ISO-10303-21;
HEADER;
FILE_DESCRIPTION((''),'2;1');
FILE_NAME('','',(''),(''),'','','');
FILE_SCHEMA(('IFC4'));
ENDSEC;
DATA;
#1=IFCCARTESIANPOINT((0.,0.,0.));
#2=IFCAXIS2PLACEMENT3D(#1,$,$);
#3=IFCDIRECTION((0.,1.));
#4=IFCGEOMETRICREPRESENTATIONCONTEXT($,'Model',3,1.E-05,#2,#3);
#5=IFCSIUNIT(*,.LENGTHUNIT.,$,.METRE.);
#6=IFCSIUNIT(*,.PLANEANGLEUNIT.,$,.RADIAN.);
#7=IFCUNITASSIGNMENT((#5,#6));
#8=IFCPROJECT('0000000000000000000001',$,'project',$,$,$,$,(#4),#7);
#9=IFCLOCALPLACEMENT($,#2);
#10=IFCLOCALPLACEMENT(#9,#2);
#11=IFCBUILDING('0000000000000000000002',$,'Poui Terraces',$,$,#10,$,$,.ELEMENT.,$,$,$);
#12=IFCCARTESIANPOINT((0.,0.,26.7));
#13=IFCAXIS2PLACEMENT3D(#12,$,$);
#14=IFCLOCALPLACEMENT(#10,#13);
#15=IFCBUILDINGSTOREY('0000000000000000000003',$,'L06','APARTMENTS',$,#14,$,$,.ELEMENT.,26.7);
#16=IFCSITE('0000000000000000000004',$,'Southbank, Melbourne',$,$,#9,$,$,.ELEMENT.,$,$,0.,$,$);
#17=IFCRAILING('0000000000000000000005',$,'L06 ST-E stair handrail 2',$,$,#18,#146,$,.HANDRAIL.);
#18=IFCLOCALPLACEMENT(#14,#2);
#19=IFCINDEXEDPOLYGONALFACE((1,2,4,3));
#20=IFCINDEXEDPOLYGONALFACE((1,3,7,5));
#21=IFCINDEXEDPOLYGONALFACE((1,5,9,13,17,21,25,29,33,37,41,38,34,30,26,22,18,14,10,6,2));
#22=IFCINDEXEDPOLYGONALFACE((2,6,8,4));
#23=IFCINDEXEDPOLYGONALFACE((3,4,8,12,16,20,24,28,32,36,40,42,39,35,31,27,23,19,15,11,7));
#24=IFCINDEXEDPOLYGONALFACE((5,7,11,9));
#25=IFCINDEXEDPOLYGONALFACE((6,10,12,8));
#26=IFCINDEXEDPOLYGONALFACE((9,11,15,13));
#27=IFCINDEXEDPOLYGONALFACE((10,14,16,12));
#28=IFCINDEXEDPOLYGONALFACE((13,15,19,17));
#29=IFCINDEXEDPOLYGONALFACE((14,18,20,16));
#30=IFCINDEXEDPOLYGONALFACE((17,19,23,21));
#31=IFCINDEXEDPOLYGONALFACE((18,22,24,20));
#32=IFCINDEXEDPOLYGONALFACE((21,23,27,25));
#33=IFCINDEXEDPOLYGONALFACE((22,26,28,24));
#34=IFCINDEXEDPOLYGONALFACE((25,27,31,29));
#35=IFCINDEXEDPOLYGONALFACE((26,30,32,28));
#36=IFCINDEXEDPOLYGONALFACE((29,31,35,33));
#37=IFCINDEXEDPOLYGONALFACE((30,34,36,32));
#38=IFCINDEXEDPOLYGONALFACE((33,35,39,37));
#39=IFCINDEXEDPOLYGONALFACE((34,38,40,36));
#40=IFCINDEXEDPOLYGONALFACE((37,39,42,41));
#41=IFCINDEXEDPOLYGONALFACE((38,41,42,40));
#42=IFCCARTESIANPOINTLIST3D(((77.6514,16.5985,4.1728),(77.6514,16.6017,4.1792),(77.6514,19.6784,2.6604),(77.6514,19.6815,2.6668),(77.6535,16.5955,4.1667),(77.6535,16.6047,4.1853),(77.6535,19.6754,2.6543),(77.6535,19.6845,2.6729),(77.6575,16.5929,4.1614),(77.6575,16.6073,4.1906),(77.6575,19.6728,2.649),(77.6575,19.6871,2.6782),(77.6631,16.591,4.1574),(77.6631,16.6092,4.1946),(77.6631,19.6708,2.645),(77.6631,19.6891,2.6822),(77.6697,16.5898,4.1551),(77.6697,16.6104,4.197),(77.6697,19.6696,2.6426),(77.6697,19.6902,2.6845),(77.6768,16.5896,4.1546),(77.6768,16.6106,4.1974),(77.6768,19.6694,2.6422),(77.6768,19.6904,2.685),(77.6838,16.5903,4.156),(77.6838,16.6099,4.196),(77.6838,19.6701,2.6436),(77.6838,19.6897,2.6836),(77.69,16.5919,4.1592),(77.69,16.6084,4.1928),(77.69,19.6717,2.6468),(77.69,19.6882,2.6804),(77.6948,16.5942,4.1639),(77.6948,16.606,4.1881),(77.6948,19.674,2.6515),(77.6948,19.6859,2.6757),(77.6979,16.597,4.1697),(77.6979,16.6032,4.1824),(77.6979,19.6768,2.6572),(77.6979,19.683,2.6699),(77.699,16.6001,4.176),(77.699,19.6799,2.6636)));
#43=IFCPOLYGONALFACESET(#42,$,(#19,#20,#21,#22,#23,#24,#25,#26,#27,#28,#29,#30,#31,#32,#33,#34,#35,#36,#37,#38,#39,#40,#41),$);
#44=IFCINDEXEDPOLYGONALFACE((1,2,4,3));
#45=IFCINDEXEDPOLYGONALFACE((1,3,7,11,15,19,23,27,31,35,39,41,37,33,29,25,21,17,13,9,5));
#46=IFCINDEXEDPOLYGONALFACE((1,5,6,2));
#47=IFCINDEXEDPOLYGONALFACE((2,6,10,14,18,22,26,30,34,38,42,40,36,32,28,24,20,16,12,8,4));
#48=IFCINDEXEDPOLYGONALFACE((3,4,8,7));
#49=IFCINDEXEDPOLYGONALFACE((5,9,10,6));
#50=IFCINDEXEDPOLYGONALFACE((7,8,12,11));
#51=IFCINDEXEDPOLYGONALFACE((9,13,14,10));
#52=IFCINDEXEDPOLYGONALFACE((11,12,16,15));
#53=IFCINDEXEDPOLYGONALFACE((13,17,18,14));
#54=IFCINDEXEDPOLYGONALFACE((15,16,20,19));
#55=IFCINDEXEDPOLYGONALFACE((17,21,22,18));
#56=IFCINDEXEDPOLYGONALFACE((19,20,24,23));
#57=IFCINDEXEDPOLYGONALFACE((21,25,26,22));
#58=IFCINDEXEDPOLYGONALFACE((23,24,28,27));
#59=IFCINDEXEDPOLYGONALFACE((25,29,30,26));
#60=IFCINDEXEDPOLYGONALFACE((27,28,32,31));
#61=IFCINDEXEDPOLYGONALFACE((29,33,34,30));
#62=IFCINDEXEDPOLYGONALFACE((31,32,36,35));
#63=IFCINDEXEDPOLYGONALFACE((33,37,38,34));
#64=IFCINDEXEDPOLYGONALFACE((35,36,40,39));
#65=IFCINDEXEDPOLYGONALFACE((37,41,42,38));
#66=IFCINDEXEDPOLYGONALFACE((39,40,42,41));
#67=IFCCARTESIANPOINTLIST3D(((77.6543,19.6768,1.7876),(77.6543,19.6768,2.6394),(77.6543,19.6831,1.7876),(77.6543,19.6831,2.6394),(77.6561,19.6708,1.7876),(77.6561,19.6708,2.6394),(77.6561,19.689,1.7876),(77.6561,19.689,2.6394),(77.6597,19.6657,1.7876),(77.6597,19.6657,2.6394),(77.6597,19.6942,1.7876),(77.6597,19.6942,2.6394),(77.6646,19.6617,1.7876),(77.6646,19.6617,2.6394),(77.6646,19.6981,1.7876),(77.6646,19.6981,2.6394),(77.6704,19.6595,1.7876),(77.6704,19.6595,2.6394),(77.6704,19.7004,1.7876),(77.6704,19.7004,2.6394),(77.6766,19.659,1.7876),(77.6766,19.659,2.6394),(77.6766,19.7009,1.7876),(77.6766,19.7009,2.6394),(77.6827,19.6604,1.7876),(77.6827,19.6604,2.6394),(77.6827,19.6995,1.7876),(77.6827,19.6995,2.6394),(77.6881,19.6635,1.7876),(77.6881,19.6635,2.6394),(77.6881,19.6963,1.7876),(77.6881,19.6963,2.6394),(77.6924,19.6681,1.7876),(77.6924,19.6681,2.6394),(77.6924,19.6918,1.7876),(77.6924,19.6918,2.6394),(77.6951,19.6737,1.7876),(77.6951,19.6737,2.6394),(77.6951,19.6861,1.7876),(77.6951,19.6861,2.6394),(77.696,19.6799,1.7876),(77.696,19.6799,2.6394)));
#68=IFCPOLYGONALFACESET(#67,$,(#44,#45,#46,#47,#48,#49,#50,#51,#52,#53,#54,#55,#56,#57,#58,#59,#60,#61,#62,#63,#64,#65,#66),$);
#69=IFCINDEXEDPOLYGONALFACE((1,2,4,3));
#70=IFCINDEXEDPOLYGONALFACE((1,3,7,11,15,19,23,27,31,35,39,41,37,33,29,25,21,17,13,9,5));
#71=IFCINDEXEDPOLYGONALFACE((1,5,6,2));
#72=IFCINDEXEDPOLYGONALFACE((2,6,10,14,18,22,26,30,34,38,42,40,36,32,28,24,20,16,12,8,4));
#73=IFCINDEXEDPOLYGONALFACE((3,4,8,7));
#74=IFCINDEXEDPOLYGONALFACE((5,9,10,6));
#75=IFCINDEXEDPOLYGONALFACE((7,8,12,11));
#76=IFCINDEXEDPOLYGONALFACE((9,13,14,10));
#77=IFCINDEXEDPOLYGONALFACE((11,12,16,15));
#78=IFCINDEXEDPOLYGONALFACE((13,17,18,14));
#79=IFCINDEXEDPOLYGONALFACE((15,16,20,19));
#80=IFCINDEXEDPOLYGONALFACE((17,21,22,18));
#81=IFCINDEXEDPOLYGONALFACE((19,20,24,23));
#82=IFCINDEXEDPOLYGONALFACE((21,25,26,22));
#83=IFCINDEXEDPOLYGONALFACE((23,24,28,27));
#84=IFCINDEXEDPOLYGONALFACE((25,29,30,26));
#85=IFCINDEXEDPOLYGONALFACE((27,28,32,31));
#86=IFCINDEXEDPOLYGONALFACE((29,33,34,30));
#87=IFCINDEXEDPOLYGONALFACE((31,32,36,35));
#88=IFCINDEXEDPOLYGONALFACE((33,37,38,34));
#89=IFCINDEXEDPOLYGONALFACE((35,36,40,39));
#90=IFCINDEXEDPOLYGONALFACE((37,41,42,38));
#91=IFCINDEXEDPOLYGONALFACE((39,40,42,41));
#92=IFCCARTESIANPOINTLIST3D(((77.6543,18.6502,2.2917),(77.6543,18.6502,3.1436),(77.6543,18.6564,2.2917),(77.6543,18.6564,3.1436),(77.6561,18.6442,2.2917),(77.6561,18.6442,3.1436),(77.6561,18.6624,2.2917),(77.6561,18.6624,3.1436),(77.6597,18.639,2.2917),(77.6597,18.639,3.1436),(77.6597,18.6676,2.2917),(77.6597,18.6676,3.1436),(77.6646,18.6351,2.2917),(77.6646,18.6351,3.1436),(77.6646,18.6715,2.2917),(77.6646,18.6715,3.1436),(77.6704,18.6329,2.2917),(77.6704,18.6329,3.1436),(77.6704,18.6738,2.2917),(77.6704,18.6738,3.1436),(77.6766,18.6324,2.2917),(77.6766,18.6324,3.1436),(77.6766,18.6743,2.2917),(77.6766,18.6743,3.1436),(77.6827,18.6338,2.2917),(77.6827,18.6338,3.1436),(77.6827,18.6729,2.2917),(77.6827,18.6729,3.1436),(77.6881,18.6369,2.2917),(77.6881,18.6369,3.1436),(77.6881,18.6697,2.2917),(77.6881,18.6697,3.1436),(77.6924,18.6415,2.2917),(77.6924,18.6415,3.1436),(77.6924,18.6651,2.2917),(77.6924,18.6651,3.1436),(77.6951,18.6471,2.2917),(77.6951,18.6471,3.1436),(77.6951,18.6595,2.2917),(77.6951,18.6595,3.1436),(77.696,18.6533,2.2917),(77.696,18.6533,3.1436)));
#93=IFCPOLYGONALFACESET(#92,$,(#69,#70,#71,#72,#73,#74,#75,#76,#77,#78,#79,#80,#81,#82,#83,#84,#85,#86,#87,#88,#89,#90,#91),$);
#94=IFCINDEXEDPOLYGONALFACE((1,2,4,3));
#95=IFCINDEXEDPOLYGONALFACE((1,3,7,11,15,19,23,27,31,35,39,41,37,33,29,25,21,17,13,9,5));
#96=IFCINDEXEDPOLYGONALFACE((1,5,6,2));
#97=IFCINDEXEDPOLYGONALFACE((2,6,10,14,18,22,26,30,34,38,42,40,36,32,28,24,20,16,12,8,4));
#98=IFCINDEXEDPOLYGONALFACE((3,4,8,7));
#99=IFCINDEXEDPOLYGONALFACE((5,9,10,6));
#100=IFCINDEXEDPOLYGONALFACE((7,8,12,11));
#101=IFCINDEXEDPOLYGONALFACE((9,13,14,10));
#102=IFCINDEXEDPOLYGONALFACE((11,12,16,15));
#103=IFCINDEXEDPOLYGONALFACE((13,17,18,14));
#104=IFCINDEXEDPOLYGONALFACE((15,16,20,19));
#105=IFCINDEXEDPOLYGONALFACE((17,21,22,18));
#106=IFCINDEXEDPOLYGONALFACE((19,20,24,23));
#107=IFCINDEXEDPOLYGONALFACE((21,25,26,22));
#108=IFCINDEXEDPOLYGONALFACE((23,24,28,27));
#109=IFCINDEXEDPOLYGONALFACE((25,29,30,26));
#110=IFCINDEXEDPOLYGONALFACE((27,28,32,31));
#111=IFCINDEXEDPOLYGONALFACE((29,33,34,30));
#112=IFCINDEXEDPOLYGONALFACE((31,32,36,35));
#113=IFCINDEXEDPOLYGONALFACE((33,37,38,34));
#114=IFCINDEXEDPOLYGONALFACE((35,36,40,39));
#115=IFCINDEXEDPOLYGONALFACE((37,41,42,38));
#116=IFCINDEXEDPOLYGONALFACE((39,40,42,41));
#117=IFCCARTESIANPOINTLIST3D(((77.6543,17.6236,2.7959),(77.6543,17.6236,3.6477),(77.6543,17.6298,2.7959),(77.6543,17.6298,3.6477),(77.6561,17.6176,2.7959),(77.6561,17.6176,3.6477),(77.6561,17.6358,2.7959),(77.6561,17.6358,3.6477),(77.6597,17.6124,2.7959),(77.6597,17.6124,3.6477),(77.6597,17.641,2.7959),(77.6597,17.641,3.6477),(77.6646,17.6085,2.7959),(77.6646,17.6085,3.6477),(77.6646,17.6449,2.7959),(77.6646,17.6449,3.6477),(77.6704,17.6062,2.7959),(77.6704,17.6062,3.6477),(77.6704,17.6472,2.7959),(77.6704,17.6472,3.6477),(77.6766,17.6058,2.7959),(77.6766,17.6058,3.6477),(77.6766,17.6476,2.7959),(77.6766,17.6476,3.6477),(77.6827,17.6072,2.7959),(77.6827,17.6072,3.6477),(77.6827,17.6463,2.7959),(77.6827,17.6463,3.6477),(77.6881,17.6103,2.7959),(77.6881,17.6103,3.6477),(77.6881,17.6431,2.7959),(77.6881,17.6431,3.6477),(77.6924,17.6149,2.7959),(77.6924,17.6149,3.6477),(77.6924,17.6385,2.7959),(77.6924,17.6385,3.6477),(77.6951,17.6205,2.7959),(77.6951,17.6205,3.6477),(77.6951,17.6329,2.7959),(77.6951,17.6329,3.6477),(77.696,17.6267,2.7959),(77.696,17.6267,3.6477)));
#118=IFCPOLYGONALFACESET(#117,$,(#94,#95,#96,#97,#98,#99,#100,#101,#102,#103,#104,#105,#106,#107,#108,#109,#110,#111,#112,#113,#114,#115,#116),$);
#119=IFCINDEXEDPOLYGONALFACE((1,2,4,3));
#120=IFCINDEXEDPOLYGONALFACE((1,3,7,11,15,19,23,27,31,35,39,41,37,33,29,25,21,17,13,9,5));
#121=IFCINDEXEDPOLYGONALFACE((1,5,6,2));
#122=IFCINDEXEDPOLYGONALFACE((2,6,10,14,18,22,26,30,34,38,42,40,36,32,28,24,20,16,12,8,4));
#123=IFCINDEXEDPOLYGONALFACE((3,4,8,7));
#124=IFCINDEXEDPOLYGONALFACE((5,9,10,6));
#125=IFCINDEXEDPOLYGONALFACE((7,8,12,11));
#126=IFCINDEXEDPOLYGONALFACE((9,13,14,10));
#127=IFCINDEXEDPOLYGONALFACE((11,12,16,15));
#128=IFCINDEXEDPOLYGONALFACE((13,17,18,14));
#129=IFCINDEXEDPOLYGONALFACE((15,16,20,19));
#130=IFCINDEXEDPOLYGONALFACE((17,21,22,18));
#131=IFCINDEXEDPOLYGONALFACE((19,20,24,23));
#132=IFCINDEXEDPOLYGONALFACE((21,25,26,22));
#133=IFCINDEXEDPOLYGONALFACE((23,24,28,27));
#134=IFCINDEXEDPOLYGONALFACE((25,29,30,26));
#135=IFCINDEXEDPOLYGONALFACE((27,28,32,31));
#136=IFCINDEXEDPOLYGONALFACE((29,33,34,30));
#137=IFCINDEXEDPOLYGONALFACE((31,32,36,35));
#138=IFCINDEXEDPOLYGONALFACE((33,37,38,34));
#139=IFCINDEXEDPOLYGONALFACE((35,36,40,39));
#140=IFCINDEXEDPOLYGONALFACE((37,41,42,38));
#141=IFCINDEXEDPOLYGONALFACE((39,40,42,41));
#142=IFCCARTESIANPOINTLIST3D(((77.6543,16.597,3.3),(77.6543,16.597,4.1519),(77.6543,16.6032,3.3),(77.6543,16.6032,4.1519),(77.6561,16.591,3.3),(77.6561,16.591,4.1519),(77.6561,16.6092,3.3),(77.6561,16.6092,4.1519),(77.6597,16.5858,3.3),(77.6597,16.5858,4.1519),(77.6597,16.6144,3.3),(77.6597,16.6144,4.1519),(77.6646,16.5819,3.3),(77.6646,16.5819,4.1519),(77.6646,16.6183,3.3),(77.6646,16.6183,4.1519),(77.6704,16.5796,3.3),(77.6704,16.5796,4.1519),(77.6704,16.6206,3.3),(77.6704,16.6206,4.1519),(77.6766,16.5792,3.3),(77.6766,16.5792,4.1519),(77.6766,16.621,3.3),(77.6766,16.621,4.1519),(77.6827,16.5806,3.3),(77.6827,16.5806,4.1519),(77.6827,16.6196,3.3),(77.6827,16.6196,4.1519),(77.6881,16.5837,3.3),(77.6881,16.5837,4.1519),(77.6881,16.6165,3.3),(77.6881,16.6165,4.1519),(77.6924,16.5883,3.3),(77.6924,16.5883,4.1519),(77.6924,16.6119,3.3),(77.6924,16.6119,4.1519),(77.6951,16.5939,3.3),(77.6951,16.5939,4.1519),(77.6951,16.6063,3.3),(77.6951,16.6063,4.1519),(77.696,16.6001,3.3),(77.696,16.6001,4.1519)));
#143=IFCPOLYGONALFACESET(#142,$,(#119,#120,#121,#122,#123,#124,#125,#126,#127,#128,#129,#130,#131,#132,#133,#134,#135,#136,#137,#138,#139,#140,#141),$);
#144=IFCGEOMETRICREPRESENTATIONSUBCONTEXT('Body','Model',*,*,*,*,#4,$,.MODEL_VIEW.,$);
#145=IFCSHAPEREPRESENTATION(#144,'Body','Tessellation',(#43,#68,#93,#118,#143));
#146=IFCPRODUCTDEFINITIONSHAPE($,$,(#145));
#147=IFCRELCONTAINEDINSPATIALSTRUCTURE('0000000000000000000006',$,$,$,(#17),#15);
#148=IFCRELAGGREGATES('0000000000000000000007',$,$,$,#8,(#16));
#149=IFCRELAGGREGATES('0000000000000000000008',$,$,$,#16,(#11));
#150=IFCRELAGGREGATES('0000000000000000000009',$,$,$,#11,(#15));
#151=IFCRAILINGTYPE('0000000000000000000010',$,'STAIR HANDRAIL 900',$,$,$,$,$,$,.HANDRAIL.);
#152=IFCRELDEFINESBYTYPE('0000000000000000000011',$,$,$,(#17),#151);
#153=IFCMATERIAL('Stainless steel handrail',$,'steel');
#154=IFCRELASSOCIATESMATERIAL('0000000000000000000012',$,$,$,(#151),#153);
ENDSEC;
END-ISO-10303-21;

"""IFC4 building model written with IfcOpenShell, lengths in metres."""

from ifc_helpers import new_model, si_unit, direction, frame, origin, origin_2d, place, context, subcontext, project, spatial, circle, extrude, material, type_object, element, save


model = new_model("IFC4")

# Units and contexts
model_context = context("Model", 3, precision=1e-05, world=origin(), true_north=direction((0.0, 1.0)))
body_context = subcontext(model_context, "Body", "Model", "MODEL_VIEW")
ifc_project = project(units=[si_unit("LENGTHUNIT", "METRE"), si_unit("PLANEANGLEUNIT", "RADIAN")], contexts=[model_context])

# Site, building, storey
site_placement = place(None, origin())
site = spatial("IfcSite", under=ifc_project, at=site_placement, Name="Southbank, Melbourne", CompositionType="ELEMENT", RefElevation=0.0)
building_placement = place(site_placement, origin())
building = spatial("IfcBuilding", under=site, at=building_placement, Name="Poui Terraces", CompositionType="ELEMENT")
storey_placement = place(building_placement, frame((0.0, 0.0, 26.7)))
storey = spatial("IfcBuildingStorey", under=building, at=storey_placement, Name="L06", Description="APARTMENTS", CompositionType="ELEMENT", Elevation=26.7)

# Railing
ifc_material_1 = material(Name="Stainless steel handrail", Category="steel")
railing_type_1 = type_object("IfcRailingType", Name="STAIR HANDRAIL 900", PredefinedType="HANDRAIL", material=ifc_material_1)
railing_1_placement = place(storey_placement, frame((77.675, 19.6799, 1.7876)))
element("IfcRailing", 1, at=railing_1_placement, inside=storey, type_object=railing_type_1, Name="L06 ST-E stair handrail 2", PredefinedType="HANDRAIL", context=body_context, shape_type="SweptSolid", body=[
    extrude(circle(Radius=0.0239, at=origin_2d()), frame((0.0, 0.0, 0.876), z_axis=(0.0, -0.897606, 0.440798), x_axis=(1.0, 0.0, 0.0)), (0.0, 0.0, 1.0), 3.4312),
    extrude(circle(Radius=0.021, at=origin_2d()), origin(), (0.0, 0.0, 1.0), 0.8518),
    extrude(circle(Radius=0.021, at=origin_2d()), frame((0.0, -1.0266, 0.5042)), (0.0, 0.0, 1.0), 0.8518),
    extrude(circle(Radius=0.021, at=origin_2d()), frame((0.0, -2.0532, 1.0083)), (0.0, 0.0, 1.0), 0.8518),
    extrude(circle(Radius=0.021, at=origin_2d()), frame((0.0, -3.0798, 1.5125)), (0.0, 0.0, 1.0), 0.8518),
])

save(model, "model.ifc")
